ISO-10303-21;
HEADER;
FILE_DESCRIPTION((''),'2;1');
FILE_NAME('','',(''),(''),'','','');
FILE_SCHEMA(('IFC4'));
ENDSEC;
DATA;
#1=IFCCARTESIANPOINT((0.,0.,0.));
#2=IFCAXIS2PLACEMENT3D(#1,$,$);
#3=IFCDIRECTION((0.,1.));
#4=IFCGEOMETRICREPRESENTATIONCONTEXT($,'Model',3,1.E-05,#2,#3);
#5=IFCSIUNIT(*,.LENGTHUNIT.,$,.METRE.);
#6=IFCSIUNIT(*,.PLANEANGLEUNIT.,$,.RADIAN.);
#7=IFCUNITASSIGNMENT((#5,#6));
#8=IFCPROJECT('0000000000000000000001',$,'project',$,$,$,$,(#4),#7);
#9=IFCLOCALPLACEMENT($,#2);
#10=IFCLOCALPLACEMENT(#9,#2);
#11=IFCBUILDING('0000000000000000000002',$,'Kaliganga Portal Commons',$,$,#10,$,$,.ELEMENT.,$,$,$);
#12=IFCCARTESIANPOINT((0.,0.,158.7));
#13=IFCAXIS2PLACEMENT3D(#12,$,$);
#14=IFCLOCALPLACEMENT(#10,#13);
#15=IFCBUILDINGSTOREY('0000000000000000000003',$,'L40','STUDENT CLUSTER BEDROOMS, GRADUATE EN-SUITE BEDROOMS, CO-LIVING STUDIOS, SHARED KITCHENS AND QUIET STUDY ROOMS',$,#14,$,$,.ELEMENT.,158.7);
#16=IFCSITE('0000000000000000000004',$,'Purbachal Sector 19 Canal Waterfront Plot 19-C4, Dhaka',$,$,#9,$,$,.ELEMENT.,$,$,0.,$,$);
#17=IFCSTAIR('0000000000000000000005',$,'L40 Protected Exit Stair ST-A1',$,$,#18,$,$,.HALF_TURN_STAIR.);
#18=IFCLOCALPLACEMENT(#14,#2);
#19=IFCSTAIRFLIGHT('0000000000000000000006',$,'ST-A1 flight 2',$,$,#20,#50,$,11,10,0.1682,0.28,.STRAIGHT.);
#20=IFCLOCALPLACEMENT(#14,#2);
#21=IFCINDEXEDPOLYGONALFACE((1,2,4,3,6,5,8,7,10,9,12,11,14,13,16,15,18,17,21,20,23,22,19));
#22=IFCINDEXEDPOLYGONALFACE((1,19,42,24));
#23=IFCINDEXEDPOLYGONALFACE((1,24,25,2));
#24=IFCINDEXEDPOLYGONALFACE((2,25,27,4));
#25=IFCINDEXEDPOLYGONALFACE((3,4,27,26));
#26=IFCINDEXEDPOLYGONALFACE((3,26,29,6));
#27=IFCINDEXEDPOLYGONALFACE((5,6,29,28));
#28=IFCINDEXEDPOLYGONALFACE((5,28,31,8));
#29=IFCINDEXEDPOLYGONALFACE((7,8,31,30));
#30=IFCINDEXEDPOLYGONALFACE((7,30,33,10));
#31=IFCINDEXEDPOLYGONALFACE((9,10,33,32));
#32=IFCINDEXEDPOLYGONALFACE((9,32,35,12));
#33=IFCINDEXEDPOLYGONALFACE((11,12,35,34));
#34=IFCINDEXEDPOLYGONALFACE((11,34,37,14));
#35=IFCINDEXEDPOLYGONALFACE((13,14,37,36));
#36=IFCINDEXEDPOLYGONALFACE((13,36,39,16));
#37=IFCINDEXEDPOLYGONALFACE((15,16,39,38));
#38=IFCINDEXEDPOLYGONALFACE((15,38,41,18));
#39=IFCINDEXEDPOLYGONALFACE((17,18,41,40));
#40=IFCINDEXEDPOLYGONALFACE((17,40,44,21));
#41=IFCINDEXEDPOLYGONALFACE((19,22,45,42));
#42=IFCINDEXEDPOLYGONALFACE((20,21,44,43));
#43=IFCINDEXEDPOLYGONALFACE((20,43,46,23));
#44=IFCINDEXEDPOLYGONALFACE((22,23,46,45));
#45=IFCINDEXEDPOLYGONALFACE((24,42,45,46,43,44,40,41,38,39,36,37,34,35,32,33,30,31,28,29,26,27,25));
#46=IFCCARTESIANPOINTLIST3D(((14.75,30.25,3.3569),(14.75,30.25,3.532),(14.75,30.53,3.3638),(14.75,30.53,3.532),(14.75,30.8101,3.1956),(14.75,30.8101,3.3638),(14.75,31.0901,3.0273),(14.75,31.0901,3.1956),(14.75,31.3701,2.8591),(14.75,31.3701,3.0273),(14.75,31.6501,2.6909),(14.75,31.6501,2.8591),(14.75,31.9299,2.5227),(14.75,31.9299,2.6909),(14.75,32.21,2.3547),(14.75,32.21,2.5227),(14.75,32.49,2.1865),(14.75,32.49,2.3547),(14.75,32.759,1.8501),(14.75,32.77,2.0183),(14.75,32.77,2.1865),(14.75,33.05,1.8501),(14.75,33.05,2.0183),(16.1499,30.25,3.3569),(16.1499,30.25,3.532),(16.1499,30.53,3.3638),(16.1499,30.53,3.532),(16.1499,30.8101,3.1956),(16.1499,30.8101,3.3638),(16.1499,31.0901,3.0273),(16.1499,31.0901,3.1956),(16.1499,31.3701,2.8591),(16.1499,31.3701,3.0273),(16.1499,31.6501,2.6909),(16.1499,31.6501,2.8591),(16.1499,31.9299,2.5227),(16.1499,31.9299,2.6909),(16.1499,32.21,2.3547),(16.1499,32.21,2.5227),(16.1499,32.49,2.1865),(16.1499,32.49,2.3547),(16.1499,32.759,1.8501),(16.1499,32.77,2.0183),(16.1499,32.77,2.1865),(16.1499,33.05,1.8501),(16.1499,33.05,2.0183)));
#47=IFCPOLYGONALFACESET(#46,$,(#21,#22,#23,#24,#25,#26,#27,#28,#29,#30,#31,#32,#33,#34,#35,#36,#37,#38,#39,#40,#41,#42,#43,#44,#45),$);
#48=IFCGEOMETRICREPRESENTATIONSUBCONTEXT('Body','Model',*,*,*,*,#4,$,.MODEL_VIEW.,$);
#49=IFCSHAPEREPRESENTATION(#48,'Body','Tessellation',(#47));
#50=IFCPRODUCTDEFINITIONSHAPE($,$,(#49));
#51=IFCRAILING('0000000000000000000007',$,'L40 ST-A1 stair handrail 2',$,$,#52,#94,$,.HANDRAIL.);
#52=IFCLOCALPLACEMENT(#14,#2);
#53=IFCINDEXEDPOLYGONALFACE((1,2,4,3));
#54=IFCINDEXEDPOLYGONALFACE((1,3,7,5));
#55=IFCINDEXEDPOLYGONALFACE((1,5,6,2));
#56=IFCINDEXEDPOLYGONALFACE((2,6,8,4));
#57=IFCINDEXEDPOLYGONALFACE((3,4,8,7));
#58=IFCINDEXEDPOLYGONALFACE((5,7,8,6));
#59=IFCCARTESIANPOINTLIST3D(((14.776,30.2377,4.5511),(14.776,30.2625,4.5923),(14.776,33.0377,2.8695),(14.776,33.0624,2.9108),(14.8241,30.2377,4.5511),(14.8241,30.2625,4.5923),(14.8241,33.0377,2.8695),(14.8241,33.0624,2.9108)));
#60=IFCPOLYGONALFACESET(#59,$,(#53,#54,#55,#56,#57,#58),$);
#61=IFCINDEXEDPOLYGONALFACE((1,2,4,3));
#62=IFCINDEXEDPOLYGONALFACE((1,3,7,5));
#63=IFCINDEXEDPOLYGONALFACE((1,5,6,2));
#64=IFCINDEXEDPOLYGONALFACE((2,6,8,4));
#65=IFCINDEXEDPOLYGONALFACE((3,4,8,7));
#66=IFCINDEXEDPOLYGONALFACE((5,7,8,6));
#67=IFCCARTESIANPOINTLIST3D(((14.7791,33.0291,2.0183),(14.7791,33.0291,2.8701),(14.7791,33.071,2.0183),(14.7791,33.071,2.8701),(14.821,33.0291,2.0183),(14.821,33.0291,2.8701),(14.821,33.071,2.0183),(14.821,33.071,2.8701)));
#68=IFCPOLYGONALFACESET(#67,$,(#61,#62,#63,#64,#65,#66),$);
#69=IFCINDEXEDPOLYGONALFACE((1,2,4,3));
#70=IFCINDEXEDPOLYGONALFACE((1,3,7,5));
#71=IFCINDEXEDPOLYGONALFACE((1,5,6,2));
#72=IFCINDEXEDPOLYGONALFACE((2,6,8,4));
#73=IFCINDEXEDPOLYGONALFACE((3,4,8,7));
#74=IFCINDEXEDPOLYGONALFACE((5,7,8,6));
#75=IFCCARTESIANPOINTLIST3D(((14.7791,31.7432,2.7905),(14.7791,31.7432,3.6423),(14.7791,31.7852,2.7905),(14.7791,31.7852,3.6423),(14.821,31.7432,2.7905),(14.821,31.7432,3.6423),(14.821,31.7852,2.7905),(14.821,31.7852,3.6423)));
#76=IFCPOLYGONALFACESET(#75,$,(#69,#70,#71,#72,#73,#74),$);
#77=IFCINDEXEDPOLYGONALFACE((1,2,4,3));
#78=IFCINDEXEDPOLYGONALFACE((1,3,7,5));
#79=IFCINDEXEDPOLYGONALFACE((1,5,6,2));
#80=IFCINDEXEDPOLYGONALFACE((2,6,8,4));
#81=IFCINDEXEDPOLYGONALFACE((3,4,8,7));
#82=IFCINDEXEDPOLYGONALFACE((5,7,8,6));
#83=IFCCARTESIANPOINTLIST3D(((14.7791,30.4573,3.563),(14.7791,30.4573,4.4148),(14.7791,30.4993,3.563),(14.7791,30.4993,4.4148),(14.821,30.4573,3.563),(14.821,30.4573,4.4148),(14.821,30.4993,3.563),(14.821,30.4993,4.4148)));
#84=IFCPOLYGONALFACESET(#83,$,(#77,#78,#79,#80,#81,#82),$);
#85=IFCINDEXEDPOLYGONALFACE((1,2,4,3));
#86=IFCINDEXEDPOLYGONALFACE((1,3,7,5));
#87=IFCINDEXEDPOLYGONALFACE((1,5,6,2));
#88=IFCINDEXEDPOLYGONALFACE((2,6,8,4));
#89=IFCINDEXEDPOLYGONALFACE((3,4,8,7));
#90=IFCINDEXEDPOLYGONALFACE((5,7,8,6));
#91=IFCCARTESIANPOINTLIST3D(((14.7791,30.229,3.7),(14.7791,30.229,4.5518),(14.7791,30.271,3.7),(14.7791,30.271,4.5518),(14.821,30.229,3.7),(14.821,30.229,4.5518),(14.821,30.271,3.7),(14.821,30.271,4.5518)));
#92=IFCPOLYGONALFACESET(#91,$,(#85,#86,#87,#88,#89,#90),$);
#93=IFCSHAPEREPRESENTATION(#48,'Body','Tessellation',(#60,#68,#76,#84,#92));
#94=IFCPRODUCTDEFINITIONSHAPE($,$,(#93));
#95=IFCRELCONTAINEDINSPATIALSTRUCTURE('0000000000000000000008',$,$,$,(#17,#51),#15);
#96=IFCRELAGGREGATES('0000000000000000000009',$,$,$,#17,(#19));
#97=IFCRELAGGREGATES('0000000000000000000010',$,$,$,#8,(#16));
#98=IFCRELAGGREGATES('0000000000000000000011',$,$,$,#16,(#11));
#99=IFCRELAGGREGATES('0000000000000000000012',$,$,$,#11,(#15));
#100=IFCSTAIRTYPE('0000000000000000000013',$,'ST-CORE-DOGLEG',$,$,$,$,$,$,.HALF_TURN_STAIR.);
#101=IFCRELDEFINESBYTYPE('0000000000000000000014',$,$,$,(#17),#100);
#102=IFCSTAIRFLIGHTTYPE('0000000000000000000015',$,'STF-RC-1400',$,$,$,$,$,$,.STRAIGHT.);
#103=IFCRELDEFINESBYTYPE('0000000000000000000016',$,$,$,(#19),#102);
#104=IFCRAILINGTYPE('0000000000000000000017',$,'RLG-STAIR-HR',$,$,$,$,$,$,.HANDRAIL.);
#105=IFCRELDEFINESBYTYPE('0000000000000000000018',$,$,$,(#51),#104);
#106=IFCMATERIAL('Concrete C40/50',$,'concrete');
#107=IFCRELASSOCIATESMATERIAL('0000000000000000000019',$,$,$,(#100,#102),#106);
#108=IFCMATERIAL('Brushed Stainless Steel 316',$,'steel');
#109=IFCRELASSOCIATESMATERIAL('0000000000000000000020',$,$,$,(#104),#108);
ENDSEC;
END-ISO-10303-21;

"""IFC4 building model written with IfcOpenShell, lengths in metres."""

from ifc_helpers import new_model, si_unit, direction, frame, origin, origin_2d, place, context, subcontext, project, spatial, polyline, rectangle, outline, extrude, material, type_object, element, aggregate, save


model = new_model("IFC4")

# Units and contexts
model_context = context("Model", 3, precision=1e-05, world=origin(), true_north=direction((0.0, 1.0)))
body_context = subcontext(model_context, "Body", "Model", "MODEL_VIEW")
ifc_project = project(units=[si_unit("LENGTHUNIT", "METRE"), si_unit("PLANEANGLEUNIT", "RADIAN")], contexts=[model_context])

# Site, building, storey
site_placement = place(None, origin())
site = spatial("IfcSite", under=ifc_project, at=site_placement, Name="Purbachal Sector 19 Canal Waterfront Plot 19-C4, Dhaka", CompositionType="ELEMENT", RefElevation=0.0)
building_placement = place(site_placement, origin())
building = spatial("IfcBuilding", under=site, at=building_placement, Name="Kaliganga Portal Commons", CompositionType="ELEMENT")
storey_placement = place(building_placement, frame((0.0, 0.0, 158.7)))
storey = spatial("IfcBuildingStorey", under=building, at=storey_placement, Name="L40", Description="STUDENT CLUSTER BEDROOMS, GRADUATE EN-SUITE BEDROOMS, CO-LIVING STUDIOS, SHARED KITCHENS AND QUIET STUDY ROOMS", CompositionType="ELEMENT", Elevation=158.7)

# Stair, stair flight
ifc_material_1 = material(Name="Concrete C40/50", Category="concrete")
stair_type = type_object("IfcStairType", Name="ST-CORE-DOGLEG", PredefinedType="HALF_TURN_STAIR", material=ifc_material_1)
stair_placement = place(storey_placement, origin())
stair = element("IfcStair", 1, at=stair_placement, inside=storey, type_object=stair_type, Name="L40 Protected Exit Stair ST-A1", PredefinedType="HALF_TURN_STAIR")
stair_flight_type = type_object("IfcStairFlightType", Name="STF-RC-1400", PredefinedType="STRAIGHT", material=ifc_material_1)
stair_flight_placement = place(storey_placement, frame((15.45, 33.05, 1.8501), z_axis=(0.0, 0.0, 1.0), x_axis=(0.0, -1.0, 0.0)))
stair_flight = element("IfcStairFlight", 2, at=stair_flight_placement, type_object=stair_flight_type, Name="ST-A1 flight 2", NumberOfRisers=11, NumberOfTreads=10, PredefinedType="STRAIGHT", RiserHeight=0.1682, TreadLength=0.28, context=body_context, shape_type="SweptSolid", body=[
    extrude(outline(polyline([(0.0, 0.0), (0.0, 0.1682), (0.28, 0.1682), (0.28, 0.3364), (0.5601, 0.3364), (0.5601, 0.5046), (0.8401, 0.5046), (0.8401, 0.6726), (1.1201, 0.6726), (1.1201, 0.8408), (1.3999, 0.8408), (1.3999, 1.009), (1.6799, 1.009), (1.6799, 1.1772), (1.96, 1.1772), (1.96, 1.3455), (2.24, 1.3455), (2.24, 1.5137), (2.52, 1.5137), (2.52, 1.6819), (2.8, 1.6819), (2.8, 1.8501), (2.8, 1.5068), (0.291, 0.0), (0.0, 0.0)])), frame((0.0, 0.7, 0.0), z_axis=(0.0, -1.0, 0.0), x_axis=(1.0, 0.0, 0.0)), (0.0, 0.0, 1.0), 1.3999),
])
aggregate(stair, [stair_flight])

# Railing
ifc_material_2 = material(Name="Brushed Stainless Steel 316", Category="steel")
railing_type = type_object("IfcRailingType", Name="RLG-STAIR-HR", PredefinedType="HANDRAIL", material=ifc_material_2)
railing_placement = place(storey_placement, frame((14.8, 33.05, 2.0183)))
element("IfcRailing", 3, at=railing_placement, inside=storey, type_object=railing_type, Name="L40 ST-A1 stair handrail 2", PredefinedType="HANDRAIL", context=body_context, shape_type="SweptSolid", body=[
    extrude(rectangle(XDim=0.0481, YDim=0.0481, at=origin_2d()), frame((0.0, 0.0, 0.8718), z_axis=(0.0, -0.857275, 0.514858), x_axis=(1.0, 0.0, 0.0)), (0.0, 0.0, 1.0), 3.2661),
    extrude(rectangle(XDim=0.042, YDim=0.042, at=origin_2d()), origin(), (0.0, 0.0, 1.0), 0.8518),
    extrude(rectangle(XDim=0.042, YDim=0.042, at=origin_2d()), frame((0.0, -1.2859, 0.7722)), (0.0, 0.0, 1.0), 0.8518),
    extrude(rectangle(XDim=0.042, YDim=0.042, at=origin_2d()), frame((0.0, -2.5718, 1.5447)), (0.0, 0.0, 1.0), 0.8518),
    extrude(rectangle(XDim=0.042, YDim=0.042, at=origin_2d()), frame((0.0, -2.8, 1.6816)), (0.0, 0.0, 1.0), 0.8518),
])

save(model, "model.ifc")
